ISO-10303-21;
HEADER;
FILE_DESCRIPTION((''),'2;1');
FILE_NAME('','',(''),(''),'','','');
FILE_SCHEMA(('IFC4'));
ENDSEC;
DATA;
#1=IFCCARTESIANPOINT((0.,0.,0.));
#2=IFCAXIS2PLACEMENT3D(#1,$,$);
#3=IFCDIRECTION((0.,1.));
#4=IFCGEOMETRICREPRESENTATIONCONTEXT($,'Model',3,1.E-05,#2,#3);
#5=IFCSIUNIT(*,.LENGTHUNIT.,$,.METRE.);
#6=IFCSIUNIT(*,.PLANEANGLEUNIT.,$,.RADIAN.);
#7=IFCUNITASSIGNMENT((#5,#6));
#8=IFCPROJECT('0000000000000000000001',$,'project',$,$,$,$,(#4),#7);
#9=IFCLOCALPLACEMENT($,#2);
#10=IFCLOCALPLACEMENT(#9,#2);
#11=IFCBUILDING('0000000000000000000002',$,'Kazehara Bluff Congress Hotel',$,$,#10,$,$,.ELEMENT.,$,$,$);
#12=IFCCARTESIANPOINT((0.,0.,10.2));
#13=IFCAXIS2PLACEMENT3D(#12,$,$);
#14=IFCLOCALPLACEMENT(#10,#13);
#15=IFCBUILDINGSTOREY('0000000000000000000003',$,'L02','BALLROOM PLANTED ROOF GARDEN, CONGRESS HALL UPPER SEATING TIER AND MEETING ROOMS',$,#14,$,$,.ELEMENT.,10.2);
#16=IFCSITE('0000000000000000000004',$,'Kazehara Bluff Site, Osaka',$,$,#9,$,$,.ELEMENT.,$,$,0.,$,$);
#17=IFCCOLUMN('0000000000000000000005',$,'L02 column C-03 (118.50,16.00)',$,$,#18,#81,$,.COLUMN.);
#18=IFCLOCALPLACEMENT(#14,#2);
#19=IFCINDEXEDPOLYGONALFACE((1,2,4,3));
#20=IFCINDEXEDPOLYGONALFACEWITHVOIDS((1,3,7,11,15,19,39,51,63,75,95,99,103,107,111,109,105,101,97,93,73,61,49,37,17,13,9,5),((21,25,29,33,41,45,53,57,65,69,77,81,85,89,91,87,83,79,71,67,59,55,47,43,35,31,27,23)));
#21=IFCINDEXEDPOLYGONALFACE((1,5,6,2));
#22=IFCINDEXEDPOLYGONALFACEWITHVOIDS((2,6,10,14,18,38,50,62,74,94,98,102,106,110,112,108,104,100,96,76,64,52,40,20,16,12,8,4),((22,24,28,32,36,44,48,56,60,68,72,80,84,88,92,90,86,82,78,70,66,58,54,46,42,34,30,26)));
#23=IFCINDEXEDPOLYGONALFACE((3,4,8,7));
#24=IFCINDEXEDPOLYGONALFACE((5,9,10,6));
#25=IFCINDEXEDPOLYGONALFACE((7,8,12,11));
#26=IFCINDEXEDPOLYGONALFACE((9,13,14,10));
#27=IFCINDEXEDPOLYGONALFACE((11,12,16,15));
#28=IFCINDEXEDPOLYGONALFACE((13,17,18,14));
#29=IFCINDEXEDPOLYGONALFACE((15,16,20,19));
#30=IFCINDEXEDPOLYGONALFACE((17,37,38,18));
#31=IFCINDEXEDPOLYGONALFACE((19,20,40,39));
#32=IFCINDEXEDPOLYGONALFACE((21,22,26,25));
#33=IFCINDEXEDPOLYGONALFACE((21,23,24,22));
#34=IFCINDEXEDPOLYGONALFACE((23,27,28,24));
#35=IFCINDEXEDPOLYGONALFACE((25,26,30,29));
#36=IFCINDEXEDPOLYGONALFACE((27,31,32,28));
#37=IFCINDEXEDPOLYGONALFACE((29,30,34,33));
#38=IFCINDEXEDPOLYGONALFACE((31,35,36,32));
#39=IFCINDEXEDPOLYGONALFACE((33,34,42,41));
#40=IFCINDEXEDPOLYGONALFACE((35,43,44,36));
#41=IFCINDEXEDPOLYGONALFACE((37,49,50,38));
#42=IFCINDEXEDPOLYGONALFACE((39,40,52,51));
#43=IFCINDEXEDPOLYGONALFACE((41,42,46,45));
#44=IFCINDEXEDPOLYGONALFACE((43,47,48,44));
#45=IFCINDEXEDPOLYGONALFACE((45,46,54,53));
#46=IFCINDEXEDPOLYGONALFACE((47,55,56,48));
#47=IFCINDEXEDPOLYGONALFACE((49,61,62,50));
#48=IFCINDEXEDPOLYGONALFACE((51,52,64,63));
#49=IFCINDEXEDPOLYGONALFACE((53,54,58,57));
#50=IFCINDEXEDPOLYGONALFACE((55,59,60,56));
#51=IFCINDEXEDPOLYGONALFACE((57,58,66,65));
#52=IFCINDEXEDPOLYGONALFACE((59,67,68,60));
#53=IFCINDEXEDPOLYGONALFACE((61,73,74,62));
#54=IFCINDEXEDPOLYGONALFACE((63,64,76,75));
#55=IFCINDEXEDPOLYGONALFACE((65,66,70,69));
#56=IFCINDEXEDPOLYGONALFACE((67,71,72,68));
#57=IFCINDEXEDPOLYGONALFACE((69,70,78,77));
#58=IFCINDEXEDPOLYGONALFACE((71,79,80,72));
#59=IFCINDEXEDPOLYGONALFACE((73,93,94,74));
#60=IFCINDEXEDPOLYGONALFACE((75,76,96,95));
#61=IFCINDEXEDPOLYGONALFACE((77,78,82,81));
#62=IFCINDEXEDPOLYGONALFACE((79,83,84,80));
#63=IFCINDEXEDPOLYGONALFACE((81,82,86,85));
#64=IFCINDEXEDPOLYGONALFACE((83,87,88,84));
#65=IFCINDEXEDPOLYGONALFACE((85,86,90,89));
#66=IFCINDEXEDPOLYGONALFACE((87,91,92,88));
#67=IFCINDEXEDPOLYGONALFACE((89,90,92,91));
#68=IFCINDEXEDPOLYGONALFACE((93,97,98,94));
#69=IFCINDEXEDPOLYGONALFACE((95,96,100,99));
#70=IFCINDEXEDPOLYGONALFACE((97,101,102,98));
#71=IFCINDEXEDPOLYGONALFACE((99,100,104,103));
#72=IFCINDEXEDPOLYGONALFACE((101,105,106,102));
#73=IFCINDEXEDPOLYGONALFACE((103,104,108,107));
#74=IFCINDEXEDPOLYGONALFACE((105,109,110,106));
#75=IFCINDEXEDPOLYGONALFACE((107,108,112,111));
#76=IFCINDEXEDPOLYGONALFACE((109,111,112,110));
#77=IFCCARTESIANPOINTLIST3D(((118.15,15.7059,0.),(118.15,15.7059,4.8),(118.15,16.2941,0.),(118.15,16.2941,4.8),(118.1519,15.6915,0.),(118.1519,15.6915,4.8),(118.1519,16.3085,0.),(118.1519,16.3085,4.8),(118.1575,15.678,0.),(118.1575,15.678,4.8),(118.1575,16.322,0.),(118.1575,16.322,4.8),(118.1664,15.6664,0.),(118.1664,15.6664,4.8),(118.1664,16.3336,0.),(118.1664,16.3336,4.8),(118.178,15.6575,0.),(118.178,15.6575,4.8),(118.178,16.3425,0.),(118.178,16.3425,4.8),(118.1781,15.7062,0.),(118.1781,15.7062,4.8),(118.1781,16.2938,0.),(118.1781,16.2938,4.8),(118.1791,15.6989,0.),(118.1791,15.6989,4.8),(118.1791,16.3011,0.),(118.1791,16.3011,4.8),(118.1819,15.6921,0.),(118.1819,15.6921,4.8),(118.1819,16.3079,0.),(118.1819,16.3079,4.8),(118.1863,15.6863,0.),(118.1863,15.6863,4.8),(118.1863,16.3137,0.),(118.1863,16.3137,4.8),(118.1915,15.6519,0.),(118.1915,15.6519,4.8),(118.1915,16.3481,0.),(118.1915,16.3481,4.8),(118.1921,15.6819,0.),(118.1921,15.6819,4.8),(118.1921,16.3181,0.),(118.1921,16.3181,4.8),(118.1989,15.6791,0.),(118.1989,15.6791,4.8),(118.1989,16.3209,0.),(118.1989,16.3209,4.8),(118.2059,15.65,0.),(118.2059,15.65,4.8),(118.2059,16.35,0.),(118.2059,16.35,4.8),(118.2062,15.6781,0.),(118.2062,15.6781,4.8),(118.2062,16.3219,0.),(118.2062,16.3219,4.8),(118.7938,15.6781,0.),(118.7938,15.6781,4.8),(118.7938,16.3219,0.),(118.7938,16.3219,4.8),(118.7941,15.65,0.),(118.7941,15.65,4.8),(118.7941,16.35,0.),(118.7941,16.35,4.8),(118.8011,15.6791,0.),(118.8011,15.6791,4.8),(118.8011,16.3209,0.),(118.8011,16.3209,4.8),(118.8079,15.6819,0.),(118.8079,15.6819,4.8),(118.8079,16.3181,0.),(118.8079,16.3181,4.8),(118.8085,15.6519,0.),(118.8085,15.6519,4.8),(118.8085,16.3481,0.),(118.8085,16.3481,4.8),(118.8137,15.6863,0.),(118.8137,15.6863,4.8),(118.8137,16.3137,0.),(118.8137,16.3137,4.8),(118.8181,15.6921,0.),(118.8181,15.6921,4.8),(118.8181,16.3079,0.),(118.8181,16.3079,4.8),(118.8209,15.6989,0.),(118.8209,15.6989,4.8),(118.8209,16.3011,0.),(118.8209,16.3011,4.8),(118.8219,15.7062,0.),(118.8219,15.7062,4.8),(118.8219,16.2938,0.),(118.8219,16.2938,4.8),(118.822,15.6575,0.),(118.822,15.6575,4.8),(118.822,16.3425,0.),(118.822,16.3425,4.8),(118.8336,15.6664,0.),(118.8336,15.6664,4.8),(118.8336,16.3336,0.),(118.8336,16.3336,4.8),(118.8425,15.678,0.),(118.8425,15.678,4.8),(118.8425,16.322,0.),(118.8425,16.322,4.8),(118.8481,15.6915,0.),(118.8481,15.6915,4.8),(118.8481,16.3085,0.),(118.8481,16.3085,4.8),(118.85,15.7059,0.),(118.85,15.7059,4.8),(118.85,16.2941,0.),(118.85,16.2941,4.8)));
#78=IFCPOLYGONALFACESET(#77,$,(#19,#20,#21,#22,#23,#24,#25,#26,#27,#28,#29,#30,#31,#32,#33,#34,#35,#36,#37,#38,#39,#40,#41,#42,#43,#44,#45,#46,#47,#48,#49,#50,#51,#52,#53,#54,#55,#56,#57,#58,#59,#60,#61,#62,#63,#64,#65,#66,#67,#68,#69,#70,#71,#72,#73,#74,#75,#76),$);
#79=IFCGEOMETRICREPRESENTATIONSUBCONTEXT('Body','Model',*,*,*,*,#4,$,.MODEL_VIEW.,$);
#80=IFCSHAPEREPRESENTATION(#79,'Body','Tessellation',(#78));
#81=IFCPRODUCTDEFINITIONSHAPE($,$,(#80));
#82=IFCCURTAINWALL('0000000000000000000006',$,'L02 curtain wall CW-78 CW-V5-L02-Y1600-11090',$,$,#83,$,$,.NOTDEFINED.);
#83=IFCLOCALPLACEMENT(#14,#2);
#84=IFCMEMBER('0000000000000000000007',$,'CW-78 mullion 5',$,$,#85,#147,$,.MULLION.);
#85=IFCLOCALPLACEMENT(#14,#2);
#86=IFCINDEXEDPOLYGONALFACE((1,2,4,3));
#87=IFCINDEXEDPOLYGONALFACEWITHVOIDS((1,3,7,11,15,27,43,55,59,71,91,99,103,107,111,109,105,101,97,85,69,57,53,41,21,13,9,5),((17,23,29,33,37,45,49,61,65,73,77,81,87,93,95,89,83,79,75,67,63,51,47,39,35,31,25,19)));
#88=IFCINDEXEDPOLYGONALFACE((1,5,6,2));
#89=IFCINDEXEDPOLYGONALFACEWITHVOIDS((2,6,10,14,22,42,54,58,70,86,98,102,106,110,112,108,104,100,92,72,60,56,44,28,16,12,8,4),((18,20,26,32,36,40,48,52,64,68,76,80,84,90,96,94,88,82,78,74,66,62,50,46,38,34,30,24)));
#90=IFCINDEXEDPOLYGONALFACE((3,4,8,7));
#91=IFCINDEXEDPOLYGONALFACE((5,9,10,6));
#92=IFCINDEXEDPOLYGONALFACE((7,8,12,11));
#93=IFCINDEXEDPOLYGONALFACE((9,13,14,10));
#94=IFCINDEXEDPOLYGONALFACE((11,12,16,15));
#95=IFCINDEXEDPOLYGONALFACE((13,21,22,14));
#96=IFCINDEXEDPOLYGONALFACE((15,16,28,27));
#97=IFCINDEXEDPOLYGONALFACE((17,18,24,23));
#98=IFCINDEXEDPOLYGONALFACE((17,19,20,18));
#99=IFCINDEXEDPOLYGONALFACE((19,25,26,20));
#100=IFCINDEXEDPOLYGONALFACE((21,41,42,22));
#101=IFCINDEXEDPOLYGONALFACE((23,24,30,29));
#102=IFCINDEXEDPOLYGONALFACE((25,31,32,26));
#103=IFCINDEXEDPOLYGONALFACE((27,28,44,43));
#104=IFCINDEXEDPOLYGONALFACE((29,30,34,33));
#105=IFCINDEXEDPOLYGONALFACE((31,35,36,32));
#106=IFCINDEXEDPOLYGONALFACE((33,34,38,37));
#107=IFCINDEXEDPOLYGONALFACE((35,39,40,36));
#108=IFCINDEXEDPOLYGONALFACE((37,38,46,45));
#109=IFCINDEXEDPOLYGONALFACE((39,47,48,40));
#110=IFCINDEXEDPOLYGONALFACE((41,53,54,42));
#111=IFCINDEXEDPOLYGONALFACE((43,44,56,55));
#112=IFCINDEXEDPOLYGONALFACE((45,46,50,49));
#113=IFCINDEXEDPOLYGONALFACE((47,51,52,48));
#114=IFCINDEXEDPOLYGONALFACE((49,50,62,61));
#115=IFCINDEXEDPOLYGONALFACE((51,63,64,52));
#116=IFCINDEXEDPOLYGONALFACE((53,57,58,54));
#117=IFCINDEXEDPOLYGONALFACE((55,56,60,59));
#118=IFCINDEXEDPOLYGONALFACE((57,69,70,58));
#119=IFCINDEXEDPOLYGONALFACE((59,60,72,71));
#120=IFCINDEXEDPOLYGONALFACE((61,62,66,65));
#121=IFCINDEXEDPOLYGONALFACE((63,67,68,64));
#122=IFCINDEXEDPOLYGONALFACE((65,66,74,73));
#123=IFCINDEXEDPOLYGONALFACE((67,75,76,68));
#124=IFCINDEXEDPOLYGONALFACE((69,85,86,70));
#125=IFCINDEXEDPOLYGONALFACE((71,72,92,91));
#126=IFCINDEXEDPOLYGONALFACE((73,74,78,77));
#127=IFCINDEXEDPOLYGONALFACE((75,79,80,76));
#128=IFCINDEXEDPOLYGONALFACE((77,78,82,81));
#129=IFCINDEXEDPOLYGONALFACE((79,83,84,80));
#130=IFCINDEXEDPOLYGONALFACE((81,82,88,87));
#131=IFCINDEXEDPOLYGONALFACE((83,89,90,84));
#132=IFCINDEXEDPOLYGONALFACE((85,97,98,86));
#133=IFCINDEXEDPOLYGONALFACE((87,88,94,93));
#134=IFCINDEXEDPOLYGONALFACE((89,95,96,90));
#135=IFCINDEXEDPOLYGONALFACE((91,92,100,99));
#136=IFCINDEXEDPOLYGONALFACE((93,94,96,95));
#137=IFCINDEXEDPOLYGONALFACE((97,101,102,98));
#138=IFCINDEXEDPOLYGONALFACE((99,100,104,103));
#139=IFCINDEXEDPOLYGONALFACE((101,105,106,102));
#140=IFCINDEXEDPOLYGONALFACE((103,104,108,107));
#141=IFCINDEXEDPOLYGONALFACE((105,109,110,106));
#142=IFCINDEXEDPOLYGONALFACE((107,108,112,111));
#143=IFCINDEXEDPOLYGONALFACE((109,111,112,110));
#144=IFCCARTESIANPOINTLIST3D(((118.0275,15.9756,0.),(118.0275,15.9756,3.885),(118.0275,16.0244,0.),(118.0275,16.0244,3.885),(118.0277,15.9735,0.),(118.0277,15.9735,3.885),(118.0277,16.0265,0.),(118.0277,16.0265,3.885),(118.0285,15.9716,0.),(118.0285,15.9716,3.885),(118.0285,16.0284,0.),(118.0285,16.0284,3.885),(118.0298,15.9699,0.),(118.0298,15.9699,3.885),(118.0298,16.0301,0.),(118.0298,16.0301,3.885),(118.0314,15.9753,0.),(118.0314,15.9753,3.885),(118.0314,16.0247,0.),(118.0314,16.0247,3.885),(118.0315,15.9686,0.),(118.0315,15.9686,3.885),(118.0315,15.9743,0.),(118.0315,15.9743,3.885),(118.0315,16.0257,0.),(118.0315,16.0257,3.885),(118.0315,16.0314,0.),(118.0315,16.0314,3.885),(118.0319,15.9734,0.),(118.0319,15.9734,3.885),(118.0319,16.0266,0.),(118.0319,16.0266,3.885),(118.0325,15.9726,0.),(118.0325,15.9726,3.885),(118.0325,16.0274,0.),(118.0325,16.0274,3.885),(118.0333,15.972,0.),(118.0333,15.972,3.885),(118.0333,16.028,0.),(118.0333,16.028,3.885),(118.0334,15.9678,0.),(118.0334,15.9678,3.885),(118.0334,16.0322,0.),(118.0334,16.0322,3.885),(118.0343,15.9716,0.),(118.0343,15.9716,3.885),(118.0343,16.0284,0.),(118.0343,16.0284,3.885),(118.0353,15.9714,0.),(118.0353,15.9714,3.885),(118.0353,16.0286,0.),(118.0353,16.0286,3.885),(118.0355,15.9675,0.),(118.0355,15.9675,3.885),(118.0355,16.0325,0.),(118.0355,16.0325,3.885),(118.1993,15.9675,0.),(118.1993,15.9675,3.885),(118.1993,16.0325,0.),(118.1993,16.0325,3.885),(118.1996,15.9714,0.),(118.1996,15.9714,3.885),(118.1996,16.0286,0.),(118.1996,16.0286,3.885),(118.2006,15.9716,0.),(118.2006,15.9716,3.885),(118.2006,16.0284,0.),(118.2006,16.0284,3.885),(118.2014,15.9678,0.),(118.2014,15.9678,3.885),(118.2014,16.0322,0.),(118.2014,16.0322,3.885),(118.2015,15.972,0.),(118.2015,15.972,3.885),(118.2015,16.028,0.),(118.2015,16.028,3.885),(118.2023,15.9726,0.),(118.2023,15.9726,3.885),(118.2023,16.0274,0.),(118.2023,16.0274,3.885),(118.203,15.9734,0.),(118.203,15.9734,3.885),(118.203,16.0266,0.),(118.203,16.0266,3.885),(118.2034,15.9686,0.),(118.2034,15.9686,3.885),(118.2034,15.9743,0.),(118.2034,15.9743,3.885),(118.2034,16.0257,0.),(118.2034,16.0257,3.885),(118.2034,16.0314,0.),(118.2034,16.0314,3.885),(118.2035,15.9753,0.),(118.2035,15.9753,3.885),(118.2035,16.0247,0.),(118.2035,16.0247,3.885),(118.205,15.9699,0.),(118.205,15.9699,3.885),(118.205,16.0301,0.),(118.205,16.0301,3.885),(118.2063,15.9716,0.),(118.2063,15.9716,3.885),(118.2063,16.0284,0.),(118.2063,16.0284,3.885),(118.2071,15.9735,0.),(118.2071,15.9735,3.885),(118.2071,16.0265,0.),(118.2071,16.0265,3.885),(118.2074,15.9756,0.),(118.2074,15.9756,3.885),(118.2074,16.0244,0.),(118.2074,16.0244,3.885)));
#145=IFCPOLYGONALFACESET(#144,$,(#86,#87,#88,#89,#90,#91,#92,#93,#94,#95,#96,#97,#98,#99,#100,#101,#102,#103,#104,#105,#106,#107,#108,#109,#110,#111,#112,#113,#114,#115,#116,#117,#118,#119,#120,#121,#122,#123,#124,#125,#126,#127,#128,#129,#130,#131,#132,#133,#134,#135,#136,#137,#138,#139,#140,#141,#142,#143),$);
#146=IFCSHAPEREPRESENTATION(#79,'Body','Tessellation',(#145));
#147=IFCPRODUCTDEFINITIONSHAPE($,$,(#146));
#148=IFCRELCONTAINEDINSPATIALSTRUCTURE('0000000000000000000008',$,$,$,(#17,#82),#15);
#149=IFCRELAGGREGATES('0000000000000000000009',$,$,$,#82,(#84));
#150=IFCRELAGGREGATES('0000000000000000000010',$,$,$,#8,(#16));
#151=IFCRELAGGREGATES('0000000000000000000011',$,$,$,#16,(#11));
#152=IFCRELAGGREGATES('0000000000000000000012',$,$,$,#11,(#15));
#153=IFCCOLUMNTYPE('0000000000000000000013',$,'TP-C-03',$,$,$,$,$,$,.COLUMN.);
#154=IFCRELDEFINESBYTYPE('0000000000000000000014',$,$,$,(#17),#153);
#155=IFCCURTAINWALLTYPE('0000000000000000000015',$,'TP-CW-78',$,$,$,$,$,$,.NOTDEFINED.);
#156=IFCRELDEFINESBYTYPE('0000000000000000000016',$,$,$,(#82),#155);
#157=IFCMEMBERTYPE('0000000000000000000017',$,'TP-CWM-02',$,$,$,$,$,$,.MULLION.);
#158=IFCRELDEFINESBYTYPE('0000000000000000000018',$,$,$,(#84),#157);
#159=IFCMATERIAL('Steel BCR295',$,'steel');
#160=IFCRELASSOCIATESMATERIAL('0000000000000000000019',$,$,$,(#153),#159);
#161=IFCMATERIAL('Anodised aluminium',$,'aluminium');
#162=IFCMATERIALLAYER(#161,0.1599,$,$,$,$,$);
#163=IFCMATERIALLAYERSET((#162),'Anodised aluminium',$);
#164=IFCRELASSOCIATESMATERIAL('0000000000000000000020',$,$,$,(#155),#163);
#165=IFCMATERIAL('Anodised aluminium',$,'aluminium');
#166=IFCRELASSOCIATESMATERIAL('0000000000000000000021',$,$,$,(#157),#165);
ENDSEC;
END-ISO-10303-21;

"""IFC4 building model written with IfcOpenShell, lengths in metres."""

from ifc_helpers import new_model, si_unit, direction, frame, origin, origin_2d, place, context, subcontext, project, spatial, hollow_rectangle, extrude, material, layer, layer_set, material_profile, profile_set, type_object, element, aggregate, save


model = new_model("IFC4")

# Units and contexts
model_context = context("Model", 3, precision=1e-05, world=origin(), true_north=direction((0.0, 1.0)))
body_context = subcontext(model_context, "Body", "Model", "MODEL_VIEW")
ifc_project = project(units=[si_unit("LENGTHUNIT", "METRE"), si_unit("PLANEANGLEUNIT", "RADIAN")], contexts=[model_context])

# Site, building, storey
site_placement = place(None, origin())
site = spatial("IfcSite", under=ifc_project, at=site_placement, Name="Kazehara Bluff Site, Osaka", CompositionType="ELEMENT", RefElevation=0.0)
building_placement = place(site_placement, origin())
building = spatial("IfcBuilding", under=site, at=building_placement, Name="Kazehara Bluff Congress Hotel", CompositionType="ELEMENT")
storey_placement = place(building_placement, frame((0.0, 0.0, 10.2)))
storey = spatial("IfcBuildingStorey", under=building, at=storey_placement, Name="L02", Description="BALLROOM PLANTED ROOF GARDEN, CONGRESS HALL UPPER SEATING TIER AND MEETING ROOMS", CompositionType="ELEMENT", Elevation=10.2)

# Column
ifc_material_1 = material(Name="Steel BCR295", Category="steel")
ifc_material_profile_1 = material_profile(ifc_material_1, hollow_rectangle(XDim=0.7, YDim=0.7, WallThickness=0.0281, InnerFilletRadius=0.0281, OuterFilletRadius=0.0559, at=origin_2d()))
ifc_profile_set_1 = profile_set([ifc_material_profile_1], Name="Steel BCR295")
column_type = type_object("IfcColumnType", Name="TP-C-03", PredefinedType="COLUMN", material=ifc_profile_set_1)
column_placement = place(storey_placement, frame((118.5, 16.0, 0.0), z_axis=(0.0, 0.0, 1.0), x_axis=(1.0, 0.0, 0.0)))
element("IfcColumn", 1, at=column_placement, inside=storey, type_object=column_type, Name="L02 column C-03 (118.50,16.00)", PredefinedType="COLUMN", context=body_context, shape_type="SweptSolid", body=[
    extrude(hollow_rectangle(XDim=0.7, YDim=0.7, WallThickness=0.0281, InnerFilletRadius=0.0281, OuterFilletRadius=0.0559, at=origin_2d()), origin(), (0.0, 0.0, 1.0), 4.8),
])

# Curtain wall, member
ifc_material_2 = material(Name="Anodised aluminium", Category="aluminium")
ifc_layer_1 = layer(ifc_material_2, 0.1599)
ifc_layer_set_1 = layer_set([ifc_layer_1], Name="Anodised aluminium")
curtain_wall_type_1 = type_object("IfcCurtainWallType", Name="TP-CW-78", PredefinedType="NOTDEFINED", material=ifc_layer_set_1)
curtain_wall_1_placement = place(storey_placement, origin())
curtain_wall_1 = element("IfcCurtainWall", 2, at=curtain_wall_1_placement, inside=storey, type_object=curtain_wall_type_1, Name="L02 curtain wall CW-78 CW-V5-L02-Y1600-11090", PredefinedType="NOTDEFINED")
ifc_material_3 = material(Name="Anodised aluminium", Category="aluminium")
ifc_material_profile_2 = material_profile(ifc_material_3, hollow_rectangle(XDim=0.0649, YDim=0.1799, WallThickness=0.0039, InnerFilletRadius=0.0039, OuterFilletRadius=0.0081, at=origin_2d()))
ifc_profile_set_2 = profile_set([ifc_material_profile_2], Name="Anodised aluminium")
member_type_1 = type_object("IfcMemberType", Name="TP-CWM-02", PredefinedType="MULLION", material=ifc_profile_set_2)
member_1_placement = place(storey_placement, frame((118.1174, 16.0, 0.0), z_axis=(0.0, 0.0, 1.0), x_axis=(0.0, 1.0, 0.0)))
member_1 = element("IfcMember", 3, at=member_1_placement, type_object=member_type_1, Name="CW-78 mullion 5", PredefinedType="MULLION", context=body_context, shape_type="SweptSolid", body=[
    extrude(hollow_rectangle(XDim=0.0649, YDim=0.1799, WallThickness=0.0039, InnerFilletRadius=0.0039, OuterFilletRadius=0.0081, at=origin_2d()), origin(), (0.0, 0.0, 1.0), 3.885),
])

aggregate(curtain_wall_1, [member_1])

save(model, "model.ifc")
